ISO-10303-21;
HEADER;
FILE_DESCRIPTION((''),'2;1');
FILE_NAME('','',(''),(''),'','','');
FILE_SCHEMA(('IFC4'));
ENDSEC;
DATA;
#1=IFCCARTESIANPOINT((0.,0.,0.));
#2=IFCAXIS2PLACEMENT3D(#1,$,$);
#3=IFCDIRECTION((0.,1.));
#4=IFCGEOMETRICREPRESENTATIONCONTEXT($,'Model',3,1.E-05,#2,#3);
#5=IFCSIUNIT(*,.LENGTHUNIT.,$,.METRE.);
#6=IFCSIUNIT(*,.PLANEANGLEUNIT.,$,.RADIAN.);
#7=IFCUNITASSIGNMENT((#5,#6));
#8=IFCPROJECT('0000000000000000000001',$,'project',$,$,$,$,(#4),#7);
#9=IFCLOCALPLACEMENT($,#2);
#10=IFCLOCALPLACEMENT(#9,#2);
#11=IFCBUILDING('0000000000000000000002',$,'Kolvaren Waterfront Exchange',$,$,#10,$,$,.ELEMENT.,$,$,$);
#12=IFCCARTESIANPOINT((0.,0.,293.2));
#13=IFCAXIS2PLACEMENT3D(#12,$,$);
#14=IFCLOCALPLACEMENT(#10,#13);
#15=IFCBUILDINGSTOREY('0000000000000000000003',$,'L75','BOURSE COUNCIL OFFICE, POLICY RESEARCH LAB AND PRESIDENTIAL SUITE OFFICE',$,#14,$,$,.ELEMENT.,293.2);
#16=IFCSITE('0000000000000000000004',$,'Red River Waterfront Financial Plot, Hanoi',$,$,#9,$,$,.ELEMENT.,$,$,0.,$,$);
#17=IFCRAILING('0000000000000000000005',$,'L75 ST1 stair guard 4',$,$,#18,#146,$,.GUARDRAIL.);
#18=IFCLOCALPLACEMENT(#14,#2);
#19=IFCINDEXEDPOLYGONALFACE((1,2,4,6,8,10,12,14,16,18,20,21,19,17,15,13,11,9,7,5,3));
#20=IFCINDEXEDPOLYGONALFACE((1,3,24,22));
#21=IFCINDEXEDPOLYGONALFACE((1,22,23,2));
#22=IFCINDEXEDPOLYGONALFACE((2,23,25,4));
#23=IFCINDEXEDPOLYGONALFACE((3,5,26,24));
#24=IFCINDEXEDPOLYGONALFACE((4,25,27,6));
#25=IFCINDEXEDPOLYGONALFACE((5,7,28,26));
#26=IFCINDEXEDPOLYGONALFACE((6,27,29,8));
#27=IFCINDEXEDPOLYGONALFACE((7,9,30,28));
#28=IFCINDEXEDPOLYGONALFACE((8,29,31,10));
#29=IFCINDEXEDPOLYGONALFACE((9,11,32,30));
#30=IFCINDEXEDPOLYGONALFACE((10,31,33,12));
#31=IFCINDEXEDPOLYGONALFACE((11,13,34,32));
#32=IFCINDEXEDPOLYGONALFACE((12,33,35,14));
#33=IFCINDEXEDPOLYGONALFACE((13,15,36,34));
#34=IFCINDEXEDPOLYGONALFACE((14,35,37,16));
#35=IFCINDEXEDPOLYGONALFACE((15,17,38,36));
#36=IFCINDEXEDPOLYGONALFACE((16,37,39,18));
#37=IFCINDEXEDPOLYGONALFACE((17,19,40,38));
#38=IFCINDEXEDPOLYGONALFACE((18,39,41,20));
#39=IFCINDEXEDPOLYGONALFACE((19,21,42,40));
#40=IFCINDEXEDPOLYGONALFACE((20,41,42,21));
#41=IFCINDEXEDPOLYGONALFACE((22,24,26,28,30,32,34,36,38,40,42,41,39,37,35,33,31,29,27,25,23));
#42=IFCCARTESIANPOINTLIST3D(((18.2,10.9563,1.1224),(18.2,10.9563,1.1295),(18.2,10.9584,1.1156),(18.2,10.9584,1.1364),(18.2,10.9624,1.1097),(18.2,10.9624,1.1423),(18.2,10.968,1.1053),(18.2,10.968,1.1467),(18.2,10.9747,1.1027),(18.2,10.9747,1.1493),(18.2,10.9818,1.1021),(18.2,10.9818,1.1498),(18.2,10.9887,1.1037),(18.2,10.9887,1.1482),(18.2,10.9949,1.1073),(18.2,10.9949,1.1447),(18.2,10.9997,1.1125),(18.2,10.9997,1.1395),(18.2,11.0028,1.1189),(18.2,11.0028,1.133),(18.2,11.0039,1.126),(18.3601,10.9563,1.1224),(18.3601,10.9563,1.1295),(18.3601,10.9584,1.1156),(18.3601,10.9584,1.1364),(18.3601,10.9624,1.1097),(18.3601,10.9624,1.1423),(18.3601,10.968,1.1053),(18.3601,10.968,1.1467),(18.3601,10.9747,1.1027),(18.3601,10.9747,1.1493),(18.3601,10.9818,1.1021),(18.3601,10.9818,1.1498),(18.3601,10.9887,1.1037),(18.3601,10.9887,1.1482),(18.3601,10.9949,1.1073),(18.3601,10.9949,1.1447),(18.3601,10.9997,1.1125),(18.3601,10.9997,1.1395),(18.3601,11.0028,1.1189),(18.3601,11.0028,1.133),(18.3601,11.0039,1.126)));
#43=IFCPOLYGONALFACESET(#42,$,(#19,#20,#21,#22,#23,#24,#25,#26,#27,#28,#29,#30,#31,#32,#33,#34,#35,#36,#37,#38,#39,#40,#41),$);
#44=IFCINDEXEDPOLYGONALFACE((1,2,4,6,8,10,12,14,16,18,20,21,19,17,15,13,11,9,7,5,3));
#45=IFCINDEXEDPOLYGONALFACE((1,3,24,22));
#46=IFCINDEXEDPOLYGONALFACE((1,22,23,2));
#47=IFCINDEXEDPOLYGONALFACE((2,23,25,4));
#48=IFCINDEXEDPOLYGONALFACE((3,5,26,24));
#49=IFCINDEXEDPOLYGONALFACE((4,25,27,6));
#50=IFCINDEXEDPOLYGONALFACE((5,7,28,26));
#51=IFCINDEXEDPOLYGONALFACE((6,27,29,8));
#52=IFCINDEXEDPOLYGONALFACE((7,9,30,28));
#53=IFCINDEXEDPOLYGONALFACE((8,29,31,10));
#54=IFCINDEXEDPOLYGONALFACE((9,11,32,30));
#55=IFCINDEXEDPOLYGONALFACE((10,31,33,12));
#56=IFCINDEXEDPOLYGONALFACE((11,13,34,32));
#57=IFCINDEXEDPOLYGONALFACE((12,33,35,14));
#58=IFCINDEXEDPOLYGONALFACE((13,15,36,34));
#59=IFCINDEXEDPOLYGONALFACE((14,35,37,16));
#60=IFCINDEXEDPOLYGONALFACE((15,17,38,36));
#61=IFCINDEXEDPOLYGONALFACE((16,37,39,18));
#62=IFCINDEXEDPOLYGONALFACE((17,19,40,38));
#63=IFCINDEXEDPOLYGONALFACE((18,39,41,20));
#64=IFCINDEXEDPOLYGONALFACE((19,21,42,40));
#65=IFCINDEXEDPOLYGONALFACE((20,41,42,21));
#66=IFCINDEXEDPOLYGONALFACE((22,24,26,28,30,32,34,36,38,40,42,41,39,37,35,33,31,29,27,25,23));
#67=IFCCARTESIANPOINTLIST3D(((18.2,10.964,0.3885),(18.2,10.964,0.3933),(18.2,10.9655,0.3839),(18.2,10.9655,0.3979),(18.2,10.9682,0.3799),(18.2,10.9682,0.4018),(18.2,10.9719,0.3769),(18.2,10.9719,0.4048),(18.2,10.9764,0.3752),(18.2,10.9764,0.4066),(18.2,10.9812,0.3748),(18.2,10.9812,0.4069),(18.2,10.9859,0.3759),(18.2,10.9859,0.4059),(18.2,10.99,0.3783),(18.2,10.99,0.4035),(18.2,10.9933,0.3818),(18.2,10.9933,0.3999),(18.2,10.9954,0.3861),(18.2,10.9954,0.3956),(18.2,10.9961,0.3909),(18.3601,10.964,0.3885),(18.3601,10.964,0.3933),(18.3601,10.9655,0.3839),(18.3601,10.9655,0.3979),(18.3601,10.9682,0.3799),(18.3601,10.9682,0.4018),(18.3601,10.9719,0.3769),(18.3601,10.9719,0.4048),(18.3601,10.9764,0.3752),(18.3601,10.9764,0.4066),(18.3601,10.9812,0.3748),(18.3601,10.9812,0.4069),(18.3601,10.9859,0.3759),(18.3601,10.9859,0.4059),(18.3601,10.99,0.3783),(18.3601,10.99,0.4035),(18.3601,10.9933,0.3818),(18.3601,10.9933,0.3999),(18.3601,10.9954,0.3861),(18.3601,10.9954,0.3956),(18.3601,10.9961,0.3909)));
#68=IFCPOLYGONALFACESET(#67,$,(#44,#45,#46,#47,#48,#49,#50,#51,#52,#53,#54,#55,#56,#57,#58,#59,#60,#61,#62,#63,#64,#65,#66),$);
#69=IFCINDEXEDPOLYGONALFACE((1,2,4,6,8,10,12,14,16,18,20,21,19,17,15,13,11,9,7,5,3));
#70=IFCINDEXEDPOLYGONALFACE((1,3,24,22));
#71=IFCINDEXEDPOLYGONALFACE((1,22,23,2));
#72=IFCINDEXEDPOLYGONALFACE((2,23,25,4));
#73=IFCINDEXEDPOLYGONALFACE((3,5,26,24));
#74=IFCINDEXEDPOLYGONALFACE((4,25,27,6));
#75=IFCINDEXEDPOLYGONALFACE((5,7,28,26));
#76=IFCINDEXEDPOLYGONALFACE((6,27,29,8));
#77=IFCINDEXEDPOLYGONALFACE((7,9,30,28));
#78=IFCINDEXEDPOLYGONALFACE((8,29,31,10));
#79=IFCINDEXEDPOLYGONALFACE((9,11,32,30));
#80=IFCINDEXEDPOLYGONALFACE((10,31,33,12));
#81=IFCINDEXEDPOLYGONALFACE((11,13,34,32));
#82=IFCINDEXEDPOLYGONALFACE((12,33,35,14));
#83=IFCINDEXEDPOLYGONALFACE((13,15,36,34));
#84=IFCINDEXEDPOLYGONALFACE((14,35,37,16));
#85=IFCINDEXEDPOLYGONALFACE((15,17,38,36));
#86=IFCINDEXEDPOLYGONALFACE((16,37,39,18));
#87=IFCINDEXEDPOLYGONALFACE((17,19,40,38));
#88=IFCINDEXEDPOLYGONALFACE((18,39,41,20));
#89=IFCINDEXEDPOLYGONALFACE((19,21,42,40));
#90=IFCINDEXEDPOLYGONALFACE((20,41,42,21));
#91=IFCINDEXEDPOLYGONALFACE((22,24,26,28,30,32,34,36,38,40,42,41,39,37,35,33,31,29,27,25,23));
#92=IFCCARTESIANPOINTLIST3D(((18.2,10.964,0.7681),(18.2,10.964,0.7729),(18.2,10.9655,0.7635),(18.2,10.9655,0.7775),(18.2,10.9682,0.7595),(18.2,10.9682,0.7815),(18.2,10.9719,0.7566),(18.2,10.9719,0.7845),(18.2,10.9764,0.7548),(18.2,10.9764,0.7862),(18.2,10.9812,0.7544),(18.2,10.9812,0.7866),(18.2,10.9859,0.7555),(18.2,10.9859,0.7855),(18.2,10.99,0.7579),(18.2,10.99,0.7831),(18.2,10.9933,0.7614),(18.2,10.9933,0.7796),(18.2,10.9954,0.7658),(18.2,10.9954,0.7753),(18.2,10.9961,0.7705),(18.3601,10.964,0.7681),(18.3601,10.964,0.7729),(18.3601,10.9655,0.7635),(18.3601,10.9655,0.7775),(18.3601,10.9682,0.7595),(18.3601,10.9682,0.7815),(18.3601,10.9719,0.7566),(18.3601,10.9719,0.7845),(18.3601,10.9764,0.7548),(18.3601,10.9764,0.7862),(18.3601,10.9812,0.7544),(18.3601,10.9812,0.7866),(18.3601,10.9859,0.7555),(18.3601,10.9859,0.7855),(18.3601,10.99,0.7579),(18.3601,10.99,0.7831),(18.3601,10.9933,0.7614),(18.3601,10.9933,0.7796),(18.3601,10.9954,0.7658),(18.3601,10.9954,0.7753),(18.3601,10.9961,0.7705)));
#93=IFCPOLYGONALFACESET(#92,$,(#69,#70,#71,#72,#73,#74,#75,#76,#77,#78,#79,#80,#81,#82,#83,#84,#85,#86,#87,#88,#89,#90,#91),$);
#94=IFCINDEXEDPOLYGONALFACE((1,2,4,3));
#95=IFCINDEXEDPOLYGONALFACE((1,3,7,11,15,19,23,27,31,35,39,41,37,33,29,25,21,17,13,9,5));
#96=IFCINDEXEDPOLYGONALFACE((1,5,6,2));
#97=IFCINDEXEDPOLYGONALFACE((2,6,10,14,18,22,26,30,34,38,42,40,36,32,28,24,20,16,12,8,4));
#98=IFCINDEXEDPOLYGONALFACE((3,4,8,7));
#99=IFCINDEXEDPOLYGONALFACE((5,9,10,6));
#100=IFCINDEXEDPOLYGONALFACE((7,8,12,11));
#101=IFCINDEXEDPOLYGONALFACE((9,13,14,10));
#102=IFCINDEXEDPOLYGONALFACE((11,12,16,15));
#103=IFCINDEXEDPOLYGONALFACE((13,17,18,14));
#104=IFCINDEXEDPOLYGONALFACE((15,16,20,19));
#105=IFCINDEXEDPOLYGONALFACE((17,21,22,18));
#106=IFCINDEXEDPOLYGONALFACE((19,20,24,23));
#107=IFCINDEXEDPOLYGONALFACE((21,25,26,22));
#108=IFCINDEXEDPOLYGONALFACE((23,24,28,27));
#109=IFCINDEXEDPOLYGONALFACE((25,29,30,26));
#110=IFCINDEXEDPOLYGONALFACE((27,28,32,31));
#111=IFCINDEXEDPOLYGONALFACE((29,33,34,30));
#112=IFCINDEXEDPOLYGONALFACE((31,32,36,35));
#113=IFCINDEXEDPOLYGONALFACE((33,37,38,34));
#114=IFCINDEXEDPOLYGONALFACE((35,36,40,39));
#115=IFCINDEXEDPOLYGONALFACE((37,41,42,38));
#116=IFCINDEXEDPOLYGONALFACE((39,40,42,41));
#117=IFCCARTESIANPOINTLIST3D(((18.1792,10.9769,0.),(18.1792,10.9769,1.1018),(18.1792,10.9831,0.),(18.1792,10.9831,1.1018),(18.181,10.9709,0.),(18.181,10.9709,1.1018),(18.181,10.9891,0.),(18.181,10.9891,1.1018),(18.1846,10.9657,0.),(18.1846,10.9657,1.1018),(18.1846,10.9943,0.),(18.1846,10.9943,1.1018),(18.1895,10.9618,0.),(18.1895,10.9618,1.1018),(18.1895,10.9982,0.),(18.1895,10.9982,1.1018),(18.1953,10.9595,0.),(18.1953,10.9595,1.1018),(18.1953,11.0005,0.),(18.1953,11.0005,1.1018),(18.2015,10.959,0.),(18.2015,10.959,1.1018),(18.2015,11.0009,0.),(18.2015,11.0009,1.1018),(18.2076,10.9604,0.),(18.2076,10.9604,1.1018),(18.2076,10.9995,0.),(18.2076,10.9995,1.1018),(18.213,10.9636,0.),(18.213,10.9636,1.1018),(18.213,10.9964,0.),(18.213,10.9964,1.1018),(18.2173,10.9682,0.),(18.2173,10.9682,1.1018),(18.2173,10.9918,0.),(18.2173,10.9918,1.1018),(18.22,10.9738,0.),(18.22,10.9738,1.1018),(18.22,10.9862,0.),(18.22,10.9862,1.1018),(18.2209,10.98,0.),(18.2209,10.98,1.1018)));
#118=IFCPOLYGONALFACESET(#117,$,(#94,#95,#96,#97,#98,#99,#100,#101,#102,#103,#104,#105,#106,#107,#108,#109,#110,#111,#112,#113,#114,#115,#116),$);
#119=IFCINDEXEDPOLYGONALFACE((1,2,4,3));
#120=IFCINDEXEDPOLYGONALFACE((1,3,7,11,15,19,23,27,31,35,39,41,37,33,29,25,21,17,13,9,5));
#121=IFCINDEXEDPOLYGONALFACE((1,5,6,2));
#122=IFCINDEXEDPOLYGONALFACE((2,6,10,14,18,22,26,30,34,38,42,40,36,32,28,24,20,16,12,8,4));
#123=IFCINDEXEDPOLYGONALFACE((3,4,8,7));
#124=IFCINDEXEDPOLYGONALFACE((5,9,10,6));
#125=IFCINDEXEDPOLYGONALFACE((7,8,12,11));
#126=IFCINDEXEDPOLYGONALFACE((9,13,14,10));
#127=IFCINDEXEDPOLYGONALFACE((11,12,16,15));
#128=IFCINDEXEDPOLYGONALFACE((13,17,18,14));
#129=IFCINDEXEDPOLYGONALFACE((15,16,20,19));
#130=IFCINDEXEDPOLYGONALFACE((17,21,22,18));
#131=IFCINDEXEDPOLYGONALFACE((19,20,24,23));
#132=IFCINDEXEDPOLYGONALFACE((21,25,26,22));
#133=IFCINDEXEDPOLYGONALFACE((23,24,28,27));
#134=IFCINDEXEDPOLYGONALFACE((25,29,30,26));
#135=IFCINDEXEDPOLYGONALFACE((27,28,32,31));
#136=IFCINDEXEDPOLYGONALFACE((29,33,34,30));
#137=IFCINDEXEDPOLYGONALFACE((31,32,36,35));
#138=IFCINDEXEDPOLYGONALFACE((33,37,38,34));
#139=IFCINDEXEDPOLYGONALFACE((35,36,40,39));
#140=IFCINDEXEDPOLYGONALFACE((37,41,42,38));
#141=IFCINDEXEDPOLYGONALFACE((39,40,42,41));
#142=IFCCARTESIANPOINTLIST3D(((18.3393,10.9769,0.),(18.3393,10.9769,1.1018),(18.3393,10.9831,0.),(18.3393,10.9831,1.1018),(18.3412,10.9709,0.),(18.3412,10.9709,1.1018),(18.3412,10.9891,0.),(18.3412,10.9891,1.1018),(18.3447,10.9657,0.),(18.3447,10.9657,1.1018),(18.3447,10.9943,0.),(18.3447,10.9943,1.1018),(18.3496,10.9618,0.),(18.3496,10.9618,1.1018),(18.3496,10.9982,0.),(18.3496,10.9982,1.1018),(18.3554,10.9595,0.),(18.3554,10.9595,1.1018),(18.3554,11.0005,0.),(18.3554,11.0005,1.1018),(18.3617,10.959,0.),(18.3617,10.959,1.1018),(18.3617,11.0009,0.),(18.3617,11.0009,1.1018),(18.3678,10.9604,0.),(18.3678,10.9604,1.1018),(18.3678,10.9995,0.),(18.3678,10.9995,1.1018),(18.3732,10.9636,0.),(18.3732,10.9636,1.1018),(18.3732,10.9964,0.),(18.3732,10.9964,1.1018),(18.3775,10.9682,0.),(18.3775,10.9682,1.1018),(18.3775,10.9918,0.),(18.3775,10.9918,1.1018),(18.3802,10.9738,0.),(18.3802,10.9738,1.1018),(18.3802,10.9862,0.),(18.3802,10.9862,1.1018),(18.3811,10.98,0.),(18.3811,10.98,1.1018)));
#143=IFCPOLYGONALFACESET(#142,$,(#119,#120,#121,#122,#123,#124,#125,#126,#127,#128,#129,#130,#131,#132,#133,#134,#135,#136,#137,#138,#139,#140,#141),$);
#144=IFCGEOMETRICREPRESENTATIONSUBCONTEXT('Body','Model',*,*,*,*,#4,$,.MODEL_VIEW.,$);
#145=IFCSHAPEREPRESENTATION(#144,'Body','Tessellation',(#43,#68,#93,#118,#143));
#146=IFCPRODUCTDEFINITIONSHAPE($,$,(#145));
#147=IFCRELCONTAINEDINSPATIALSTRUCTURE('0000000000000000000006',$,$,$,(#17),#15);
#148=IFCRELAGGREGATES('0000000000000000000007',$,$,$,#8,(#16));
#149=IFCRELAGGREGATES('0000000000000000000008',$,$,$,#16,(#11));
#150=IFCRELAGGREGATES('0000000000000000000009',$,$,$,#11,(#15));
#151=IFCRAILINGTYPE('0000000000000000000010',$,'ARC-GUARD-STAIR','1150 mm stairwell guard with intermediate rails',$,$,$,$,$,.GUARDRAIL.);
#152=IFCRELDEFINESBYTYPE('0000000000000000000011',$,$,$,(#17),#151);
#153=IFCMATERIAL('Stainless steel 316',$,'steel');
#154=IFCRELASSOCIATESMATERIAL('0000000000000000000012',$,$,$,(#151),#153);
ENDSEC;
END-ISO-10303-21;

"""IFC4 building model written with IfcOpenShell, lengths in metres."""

from ifc_helpers import new_model, si_unit, direction, frame, origin, origin_2d, place, context, subcontext, project, spatial, circle, extrude, material, type_object, element, save


model = new_model("IFC4")

# Units and contexts
model_context = context("Model", 3, precision=1e-05, world=origin(), true_north=direction((0.0, 1.0)))
body_context = subcontext(model_context, "Body", "Model", "MODEL_VIEW")
ifc_project = project(units=[si_unit("LENGTHUNIT", "METRE"), si_unit("PLANEANGLEUNIT", "RADIAN")], contexts=[model_context])

# Site, building, storey
site_placement = place(None, origin())
site = spatial("IfcSite", under=ifc_project, at=site_placement, Name="Red River Waterfront Financial Plot, Hanoi", CompositionType="ELEMENT", RefElevation=0.0)
building_placement = place(site_placement, origin())
building = spatial("IfcBuilding", under=site, at=building_placement, Name="Kolvaren Waterfront Exchange", CompositionType="ELEMENT")
storey_placement = place(building_placement, frame((0.0, 0.0, 293.2)))
storey = spatial("IfcBuildingStorey", under=building, at=storey_placement, Name="L75", Description="BOURSE COUNCIL OFFICE, POLICY RESEARCH LAB AND PRESIDENTIAL SUITE OFFICE", CompositionType="ELEMENT", Elevation=293.2)

# Railing
ifc_material_1 = material(Name="Stainless steel 316", Category="steel")
railing_type_1 = type_object("IfcRailingType", Name="ARC-GUARD-STAIR", Description="1150 mm stairwell guard with intermediate rails", PredefinedType="GUARDRAIL", material=ifc_material_1)
railing_1_placement = place(storey_placement, frame((18.2, 10.98, 0.0)))
element("IfcRailing", 1, at=railing_1_placement, inside=storey, type_object=railing_type_1, Name="L75 ST1 stair guard 4", PredefinedType="GUARDRAIL", context=body_context, shape_type="SweptSolid", body=[
    extrude(circle(Radius=0.0239, at=origin_2d()), frame((0.0, 0.0, 1.126), z_axis=(1.0, 0.0, 0.0), x_axis=(0.0, 1.0, 0.0)), (0.0, 0.0, 1.0), 0.1602),
    extrude(circle(Radius=0.0161, at=origin_2d()), frame((0.0, 0.0, 0.3909), z_axis=(1.0, 0.0, 0.0), x_axis=(0.0, 1.0, 0.0)), (0.0, 0.0, 1.0), 0.1602),
    extrude(circle(Radius=0.0161, at=origin_2d()), frame((0.0, 0.0, 0.7705), z_axis=(1.0, 0.0, 0.0), x_axis=(0.0, 1.0, 0.0)), (0.0, 0.0, 1.0), 0.1602),
    extrude(circle(Radius=0.021, at=origin_2d()), origin(), (0.0, 0.0, 1.0), 1.1018),
    extrude(circle(Radius=0.021, at=origin_2d()), frame((0.1602, 0.0, 0.0)), (0.0, 0.0, 1.0), 1.1018),
])

save(model, "model.ifc")
